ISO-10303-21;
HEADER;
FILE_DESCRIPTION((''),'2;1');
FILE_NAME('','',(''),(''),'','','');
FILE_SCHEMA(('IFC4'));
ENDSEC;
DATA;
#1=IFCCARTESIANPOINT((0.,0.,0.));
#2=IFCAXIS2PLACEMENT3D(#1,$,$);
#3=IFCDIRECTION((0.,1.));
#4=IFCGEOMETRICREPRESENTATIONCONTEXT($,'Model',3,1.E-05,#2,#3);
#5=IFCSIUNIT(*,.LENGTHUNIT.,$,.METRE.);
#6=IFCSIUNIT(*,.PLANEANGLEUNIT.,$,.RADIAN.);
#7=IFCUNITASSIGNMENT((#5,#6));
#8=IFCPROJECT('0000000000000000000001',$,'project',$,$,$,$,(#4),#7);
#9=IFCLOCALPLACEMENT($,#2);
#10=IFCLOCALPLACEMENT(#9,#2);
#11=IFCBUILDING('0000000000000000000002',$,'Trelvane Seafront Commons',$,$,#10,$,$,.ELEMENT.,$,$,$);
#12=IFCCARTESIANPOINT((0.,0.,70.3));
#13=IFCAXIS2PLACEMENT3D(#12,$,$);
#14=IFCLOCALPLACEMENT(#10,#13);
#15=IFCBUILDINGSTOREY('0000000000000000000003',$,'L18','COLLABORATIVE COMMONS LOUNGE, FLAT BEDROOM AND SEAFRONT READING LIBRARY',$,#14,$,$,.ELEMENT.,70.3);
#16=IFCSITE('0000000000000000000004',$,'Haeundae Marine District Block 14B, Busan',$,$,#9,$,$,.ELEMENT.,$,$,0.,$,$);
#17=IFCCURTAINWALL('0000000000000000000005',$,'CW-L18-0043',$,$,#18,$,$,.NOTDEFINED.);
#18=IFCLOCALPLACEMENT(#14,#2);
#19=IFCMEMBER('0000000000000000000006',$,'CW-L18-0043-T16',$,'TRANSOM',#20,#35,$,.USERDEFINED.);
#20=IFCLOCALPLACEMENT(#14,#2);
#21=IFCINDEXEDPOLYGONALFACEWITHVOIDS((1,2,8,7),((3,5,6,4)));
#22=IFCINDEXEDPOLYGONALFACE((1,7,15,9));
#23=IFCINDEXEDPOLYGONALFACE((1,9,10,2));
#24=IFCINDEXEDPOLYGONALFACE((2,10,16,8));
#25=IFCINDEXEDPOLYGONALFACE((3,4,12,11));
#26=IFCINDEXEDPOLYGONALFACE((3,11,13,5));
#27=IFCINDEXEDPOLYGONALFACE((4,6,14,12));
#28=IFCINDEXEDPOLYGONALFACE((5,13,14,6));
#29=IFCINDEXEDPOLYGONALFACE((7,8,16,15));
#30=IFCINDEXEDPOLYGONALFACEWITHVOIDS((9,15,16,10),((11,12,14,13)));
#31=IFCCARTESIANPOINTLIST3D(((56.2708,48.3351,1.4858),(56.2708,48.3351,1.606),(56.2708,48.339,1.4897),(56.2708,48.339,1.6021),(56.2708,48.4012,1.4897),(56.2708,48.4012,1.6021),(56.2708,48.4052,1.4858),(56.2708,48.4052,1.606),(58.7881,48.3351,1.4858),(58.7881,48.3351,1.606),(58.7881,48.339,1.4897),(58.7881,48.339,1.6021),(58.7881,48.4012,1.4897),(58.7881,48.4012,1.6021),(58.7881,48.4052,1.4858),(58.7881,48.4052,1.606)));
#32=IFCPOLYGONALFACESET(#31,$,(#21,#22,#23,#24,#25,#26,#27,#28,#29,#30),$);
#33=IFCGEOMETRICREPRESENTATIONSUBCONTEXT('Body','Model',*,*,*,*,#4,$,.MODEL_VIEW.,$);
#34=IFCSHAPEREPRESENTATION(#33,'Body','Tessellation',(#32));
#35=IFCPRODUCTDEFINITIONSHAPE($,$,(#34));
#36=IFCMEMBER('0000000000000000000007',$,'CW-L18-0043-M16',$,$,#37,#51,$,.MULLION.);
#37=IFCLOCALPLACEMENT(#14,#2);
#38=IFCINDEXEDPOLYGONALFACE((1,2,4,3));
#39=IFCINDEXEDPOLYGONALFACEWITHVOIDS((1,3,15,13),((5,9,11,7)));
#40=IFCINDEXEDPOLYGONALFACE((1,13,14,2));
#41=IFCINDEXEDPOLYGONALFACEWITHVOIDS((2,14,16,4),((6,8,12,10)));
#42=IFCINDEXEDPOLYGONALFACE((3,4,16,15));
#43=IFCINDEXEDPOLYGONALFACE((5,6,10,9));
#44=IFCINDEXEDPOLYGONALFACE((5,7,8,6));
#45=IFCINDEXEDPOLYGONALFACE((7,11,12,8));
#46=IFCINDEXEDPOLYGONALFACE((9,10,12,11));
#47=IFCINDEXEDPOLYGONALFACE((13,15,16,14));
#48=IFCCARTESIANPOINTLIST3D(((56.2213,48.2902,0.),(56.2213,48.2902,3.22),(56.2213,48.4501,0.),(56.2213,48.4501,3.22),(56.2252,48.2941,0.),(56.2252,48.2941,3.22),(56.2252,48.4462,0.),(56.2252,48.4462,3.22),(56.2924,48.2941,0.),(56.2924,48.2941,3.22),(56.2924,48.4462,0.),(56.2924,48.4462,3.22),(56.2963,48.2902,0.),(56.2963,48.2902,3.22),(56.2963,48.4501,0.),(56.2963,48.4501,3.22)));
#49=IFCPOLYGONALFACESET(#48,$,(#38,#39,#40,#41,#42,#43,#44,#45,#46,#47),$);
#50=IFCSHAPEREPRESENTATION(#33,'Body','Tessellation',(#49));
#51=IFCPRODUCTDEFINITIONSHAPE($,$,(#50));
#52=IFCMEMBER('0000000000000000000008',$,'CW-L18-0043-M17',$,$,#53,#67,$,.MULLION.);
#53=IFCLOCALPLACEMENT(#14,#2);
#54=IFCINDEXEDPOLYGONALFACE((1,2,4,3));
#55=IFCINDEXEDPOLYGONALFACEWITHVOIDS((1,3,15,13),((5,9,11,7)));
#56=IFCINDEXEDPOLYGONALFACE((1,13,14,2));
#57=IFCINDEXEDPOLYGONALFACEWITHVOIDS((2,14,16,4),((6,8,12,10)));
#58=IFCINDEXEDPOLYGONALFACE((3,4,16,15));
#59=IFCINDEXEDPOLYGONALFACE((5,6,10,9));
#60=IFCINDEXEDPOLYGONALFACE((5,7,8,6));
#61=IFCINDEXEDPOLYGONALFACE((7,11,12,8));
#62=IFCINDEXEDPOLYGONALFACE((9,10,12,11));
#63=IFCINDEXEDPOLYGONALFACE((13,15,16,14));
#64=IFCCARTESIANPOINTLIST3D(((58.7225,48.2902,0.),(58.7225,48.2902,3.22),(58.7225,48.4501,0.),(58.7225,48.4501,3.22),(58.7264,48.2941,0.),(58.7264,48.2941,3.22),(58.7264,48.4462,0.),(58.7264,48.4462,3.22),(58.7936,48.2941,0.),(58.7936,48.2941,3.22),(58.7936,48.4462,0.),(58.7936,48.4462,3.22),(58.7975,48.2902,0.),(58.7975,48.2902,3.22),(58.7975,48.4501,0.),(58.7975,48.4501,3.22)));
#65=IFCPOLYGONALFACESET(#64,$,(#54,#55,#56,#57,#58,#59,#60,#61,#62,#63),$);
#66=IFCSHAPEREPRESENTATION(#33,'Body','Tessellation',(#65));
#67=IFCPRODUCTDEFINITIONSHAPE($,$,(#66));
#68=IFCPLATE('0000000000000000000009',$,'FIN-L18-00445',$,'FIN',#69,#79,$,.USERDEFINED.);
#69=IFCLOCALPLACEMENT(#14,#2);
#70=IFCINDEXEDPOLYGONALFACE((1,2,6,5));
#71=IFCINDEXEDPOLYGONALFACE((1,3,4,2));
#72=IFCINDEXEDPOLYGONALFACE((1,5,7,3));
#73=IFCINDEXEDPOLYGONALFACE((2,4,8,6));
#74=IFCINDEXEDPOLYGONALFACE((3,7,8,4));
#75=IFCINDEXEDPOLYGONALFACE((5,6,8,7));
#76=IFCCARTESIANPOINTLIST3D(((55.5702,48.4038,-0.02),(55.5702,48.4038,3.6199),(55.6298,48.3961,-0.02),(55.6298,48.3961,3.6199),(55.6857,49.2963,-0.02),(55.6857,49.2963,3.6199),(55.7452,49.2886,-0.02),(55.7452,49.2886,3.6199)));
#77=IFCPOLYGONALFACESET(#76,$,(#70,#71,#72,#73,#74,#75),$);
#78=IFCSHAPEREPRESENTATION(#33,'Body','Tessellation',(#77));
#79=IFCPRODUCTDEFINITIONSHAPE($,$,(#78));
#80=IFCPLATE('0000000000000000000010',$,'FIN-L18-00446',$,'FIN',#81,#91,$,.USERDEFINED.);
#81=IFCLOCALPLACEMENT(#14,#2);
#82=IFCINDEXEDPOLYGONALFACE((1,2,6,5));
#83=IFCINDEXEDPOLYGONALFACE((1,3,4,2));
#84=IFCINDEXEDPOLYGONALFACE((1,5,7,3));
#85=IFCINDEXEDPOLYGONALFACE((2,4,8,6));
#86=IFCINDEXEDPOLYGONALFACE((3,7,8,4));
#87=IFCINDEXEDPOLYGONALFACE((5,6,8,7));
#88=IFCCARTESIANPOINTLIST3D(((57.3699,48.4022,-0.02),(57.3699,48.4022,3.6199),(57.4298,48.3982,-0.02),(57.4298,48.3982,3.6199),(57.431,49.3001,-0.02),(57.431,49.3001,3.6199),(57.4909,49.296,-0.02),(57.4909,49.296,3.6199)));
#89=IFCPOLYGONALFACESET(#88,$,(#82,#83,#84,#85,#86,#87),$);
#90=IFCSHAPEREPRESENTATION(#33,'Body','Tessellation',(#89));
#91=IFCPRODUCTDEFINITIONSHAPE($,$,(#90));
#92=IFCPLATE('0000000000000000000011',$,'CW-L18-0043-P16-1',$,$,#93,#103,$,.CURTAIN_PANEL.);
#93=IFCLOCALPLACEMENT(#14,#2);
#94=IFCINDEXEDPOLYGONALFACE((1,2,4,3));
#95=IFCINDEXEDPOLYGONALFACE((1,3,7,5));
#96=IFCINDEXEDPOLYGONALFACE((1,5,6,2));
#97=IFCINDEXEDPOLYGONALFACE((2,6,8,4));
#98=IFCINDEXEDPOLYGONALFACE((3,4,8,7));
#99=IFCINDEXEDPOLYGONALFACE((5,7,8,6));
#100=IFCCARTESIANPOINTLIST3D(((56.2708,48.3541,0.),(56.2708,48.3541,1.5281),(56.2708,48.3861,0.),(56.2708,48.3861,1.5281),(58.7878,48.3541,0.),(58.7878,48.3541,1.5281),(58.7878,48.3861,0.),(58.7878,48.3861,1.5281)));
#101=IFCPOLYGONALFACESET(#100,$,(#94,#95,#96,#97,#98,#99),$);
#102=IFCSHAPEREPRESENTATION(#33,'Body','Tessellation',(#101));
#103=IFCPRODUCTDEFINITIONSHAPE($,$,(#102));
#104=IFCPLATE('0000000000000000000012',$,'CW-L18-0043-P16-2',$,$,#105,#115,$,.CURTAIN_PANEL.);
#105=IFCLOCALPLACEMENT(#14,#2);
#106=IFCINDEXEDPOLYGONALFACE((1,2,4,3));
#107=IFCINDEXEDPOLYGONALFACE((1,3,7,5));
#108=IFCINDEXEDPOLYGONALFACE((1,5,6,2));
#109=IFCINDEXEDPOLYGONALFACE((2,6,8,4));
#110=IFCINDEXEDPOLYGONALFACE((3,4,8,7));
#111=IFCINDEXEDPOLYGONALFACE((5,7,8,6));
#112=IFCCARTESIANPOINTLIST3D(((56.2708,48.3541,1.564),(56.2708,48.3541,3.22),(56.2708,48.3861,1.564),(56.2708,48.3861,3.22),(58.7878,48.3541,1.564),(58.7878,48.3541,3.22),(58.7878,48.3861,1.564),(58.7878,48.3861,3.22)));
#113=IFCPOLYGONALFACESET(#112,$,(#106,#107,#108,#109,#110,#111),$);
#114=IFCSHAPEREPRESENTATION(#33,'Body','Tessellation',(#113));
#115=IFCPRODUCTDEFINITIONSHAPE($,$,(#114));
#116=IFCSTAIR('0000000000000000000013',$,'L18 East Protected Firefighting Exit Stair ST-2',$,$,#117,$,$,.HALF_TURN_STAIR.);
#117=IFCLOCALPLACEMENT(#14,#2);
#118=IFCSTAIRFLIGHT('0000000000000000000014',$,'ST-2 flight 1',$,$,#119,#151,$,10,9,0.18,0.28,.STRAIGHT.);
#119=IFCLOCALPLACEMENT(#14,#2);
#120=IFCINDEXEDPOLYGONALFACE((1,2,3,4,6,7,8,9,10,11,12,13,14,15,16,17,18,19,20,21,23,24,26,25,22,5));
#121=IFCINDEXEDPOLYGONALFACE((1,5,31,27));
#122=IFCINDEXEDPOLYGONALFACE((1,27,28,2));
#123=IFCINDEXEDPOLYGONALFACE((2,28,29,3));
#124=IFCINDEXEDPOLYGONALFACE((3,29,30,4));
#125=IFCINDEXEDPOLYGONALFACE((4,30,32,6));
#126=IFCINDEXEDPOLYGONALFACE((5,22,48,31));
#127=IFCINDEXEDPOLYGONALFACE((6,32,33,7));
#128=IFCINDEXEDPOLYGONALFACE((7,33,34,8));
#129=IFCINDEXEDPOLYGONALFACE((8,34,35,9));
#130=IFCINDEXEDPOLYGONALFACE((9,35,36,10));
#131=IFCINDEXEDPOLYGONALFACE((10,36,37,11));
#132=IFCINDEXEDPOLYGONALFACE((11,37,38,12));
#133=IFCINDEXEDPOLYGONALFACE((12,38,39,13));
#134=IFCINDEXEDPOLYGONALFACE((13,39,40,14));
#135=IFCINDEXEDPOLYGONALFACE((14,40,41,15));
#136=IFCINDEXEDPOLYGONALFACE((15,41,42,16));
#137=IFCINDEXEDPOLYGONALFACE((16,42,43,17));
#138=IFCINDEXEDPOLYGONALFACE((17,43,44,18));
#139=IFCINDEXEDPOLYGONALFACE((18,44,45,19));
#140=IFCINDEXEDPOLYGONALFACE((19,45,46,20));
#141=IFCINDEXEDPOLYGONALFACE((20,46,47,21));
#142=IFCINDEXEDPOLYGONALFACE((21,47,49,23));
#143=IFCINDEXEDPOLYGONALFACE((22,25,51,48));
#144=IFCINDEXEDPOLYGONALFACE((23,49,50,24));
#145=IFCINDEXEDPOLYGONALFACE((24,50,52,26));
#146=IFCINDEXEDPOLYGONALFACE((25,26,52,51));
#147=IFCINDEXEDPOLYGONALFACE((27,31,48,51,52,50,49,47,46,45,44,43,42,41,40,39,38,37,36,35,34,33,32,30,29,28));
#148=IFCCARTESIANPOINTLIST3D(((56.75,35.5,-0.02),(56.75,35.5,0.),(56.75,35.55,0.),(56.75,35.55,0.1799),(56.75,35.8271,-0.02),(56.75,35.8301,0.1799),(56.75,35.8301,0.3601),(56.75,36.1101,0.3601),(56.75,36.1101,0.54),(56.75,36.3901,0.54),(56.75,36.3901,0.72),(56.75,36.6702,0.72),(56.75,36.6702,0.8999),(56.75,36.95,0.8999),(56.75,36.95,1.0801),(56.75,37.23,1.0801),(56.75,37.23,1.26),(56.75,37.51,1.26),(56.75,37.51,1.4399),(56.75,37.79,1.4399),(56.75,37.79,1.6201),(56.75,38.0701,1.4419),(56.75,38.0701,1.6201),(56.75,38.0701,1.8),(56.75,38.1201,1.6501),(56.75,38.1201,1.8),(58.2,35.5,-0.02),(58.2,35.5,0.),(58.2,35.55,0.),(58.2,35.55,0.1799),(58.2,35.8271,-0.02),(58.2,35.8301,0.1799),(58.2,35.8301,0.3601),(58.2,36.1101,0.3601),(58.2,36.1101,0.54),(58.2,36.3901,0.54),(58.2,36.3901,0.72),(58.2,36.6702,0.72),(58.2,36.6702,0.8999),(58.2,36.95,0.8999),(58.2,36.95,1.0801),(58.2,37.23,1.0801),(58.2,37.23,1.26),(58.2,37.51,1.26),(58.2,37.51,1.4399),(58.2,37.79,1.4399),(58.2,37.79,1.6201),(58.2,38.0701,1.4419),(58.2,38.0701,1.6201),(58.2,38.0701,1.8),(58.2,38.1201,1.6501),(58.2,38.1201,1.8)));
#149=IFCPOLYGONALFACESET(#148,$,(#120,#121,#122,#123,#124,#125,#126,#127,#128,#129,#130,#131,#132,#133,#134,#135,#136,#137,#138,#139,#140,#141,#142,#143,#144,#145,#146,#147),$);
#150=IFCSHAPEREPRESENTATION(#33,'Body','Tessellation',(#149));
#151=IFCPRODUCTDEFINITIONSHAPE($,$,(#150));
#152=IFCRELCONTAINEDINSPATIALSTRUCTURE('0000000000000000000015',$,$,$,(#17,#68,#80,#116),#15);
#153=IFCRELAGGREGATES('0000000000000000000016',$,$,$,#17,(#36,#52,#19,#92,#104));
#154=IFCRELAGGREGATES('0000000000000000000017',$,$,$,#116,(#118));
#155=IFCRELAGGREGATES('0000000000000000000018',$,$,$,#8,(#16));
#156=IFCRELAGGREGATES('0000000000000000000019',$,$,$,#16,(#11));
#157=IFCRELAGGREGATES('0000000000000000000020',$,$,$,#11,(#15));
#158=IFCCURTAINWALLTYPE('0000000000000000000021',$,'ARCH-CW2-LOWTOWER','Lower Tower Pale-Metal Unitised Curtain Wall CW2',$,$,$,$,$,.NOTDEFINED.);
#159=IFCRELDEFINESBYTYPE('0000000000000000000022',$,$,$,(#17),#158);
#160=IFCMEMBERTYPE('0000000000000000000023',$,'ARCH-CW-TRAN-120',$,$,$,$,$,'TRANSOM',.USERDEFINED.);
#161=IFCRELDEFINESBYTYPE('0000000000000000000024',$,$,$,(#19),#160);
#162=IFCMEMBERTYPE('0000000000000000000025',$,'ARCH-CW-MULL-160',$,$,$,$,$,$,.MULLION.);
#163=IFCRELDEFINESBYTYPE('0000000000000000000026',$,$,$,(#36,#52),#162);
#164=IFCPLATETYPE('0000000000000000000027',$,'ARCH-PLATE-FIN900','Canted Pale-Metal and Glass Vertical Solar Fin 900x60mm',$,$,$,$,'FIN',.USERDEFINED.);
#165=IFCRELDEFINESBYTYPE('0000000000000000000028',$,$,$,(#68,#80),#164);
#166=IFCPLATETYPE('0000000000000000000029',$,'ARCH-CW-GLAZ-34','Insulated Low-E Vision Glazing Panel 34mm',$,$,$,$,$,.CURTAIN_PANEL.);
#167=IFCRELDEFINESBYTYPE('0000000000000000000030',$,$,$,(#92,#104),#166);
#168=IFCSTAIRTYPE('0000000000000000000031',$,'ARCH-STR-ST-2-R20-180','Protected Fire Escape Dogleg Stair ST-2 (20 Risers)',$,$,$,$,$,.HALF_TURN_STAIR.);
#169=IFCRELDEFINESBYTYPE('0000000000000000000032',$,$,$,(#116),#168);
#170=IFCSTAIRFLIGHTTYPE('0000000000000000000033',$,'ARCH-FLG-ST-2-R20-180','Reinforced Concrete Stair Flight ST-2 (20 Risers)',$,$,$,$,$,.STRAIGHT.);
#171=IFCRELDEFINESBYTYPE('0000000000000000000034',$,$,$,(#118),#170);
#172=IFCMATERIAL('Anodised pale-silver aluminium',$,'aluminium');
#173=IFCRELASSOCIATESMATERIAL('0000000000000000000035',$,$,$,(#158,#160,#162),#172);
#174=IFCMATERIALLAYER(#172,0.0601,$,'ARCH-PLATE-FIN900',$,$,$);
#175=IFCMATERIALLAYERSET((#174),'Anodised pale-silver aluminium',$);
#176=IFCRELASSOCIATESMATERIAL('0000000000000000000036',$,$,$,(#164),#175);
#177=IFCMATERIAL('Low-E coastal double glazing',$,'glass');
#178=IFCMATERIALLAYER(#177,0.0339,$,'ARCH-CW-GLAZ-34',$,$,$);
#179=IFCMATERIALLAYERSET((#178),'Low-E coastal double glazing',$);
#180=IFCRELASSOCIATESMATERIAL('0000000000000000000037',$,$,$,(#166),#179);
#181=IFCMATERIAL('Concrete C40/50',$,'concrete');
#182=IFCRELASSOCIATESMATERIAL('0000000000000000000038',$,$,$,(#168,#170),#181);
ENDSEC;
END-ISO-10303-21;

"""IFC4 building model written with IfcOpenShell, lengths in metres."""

from ifc_helpers import new_model, si_unit, direction, frame, origin, origin_2d, place, context, subcontext, project, spatial, polyline, rectangle, hollow_rectangle, outline, extrude, source, transform, mapped, material, layer, layer_set, material_profile, profile_set, type_object, element, aggregate, save


model = new_model("IFC4")

# Units and contexts
model_context = context("Model", 3, precision=1e-05, world=origin(), true_north=direction((0.0, 1.0)))
body_context = subcontext(model_context, "Body", "Model", "MODEL_VIEW")
ifc_project = project(units=[si_unit("LENGTHUNIT", "METRE"), si_unit("PLANEANGLEUNIT", "RADIAN")], contexts=[model_context])

# Site, building, storey
site_placement = place(None, origin())
site = spatial("IfcSite", under=ifc_project, at=site_placement, Name="Haeundae Marine District Block 14B, Busan", CompositionType="ELEMENT", RefElevation=0.0)
building_placement = place(site_placement, origin())
building = spatial("IfcBuilding", under=site, at=building_placement, Name="Trelvane Seafront Commons", CompositionType="ELEMENT")
storey_placement = place(building_placement, frame((0.0, 0.0, 70.3)))
storey = spatial("IfcBuildingStorey", under=building, at=storey_placement, Name="L18", Description="COLLABORATIVE COMMONS LOUNGE, FLAT BEDROOM AND SEAFRONT READING LIBRARY", CompositionType="ELEMENT", Elevation=70.3)

# Curtain wall, members
ifc_material_1 = material(Name="Anodised pale-silver aluminium", Category="aluminium")
curtain_wall_type = type_object("IfcCurtainWallType", Name="ARCH-CW2-LOWTOWER", Description="Lower Tower Pale-Metal Unitised Curtain Wall CW2", PredefinedType="NOTDEFINED", material=ifc_material_1)
curtain_wall_placement = place(storey_placement, origin())
curtain_wall = element("IfcCurtainWall", 1, at=curtain_wall_placement, inside=storey, type_object=curtain_wall_type, Name="CW-L18-0043", PredefinedType="NOTDEFINED")
ifc_material_profile_1 = material_profile(ifc_material_1, hollow_rectangle(XDim=0.0701, YDim=0.1201, WallThickness=0.0039, at=origin_2d()), Name="TRAN-70x120x4")
ifc_profile_set_1 = profile_set([ifc_material_profile_1], Name="Anodised pale-silver aluminium")
member_type_1 = type_object("IfcMemberType", Name="ARCH-CW-TRAN-120", ElementType="TRANSOM", PredefinedType="USERDEFINED", material=ifc_profile_set_1)
shared_shape_1 = source(origin(), body_context, "Body", "SweptSolid", [
    extrude(hollow_rectangle(XDim=0.0701, YDim=0.1201, WallThickness=0.0039, at=origin_2d()), origin(), (0.0, 0.0, 1.0), 2.5173),
])
member_1_placement = place(storey_placement, frame((56.2708, 48.3701, 1.5459), z_axis=(1.0, 0.0, 0.0), x_axis=(0.0, 1.0, 0.0)))
member_1 = element("IfcMember", 2, at=member_1_placement, type_object=member_type_1, Name="CW-L18-0043-T16", ObjectType="TRANSOM", PredefinedType="USERDEFINED", context=body_context, shape_type="MappedRepresentation", body=[
    mapped(shared_shape_1, transform((0.0, 0.0, 0.0), x_axis=(1.0, 0.0, 0.0), y_axis=(0.0, 1.0, 0.0), z_axis=(0.0, 0.0, 1.0), scale=1.0)),
])
ifc_material_profile_2 = material_profile(ifc_material_1, hollow_rectangle(XDim=0.075, YDim=0.1599, WallThickness=0.0039, at=origin_2d()), Name="MULL-75x160x4")
ifc_profile_set_2 = profile_set([ifc_material_profile_2], Name="Anodised pale-silver aluminium")
member_type_2 = type_object("IfcMemberType", Name="ARCH-CW-MULL-160", PredefinedType="MULLION", material=ifc_profile_set_2)
shared_shape_2 = source(origin(), body_context, "Body", "SweptSolid", [
    extrude(hollow_rectangle(XDim=0.075, YDim=0.1599, WallThickness=0.0039, at=origin_2d()), origin(), (0.0, 0.0, 1.0), 3.22),
])
member_2_placement = place(storey_placement, frame((56.2588, 48.3701, 0.0), z_axis=(0.0, 0.0, 1.0), x_axis=(1.0, 0.0, 0.0)))
member_2 = element("IfcMember", 3, at=member_2_placement, type_object=member_type_2, Name="CW-L18-0043-M16", PredefinedType="MULLION", context=body_context, shape_type="MappedRepresentation", body=[
    mapped(shared_shape_2, transform((0.0, 0.0, 0.0), x_axis=(1.0, 0.0, 0.0), y_axis=(0.0, 1.0, 0.0), z_axis=(0.0, 0.0, 1.0), scale=1.0)),
])
member_3_placement = place(storey_placement, frame((58.76, 48.3701, 0.0), z_axis=(0.0, 0.0, 1.0), x_axis=(1.0, 0.0, 0.0)))
member_3 = element("IfcMember", 4, at=member_3_placement, type_object=member_type_2, Name="CW-L18-0043-M17", PredefinedType="MULLION", context=body_context, shape_type="MappedRepresentation", body=[
    mapped(shared_shape_2, transform((0.0, 0.0, 0.0), x_axis=(1.0, 0.0, 0.0), y_axis=(0.0, 1.0, 0.0), z_axis=(0.0, 0.0, 1.0), scale=1.0)),
])

# Plates
ifc_layer_1 = layer(ifc_material_1, 0.0601, Name="ARCH-PLATE-FIN900")
ifc_layer_set_1 = layer_set([ifc_layer_1], Name="Anodised pale-silver aluminium")
plate_type_1 = type_object("IfcPlateType", Name="ARCH-PLATE-FIN900", Description="Canted Pale-Metal and Glass Vertical Solar Fin 900x60mm", ElementType="FIN", PredefinedType="USERDEFINED", material=ifc_layer_set_1)
shared_shape_3 = source(origin(), body_context, "Body", "SweptSolid", [
    extrude(rectangle(XDim=0.8999, YDim=0.0601, at=origin_2d()), origin(), (0.0, 0.0, 1.0), 3.6399),
])
for number, where, z_axis, x_axis, name in (
    (5, (55.6577, 48.8462, -0.02), (0.0, 0.0, 1.0), (0.128327, 0.991732, 0.0), "FIN-L18-00445"),
    (6, (57.4304, 48.8491, -0.02), (0.0, 0.0, 1.0), (0.06789, 0.997693, 0.0), "FIN-L18-00446"),
):
    element("IfcPlate", number, at=place(storey_placement, frame(where, z_axis=z_axis, x_axis=x_axis)), inside=storey, type_object=plate_type_1, Name=name, ObjectType="FIN", PredefinedType="USERDEFINED", context=body_context, shape_type="MappedRepresentation", body=[
        mapped(shared_shape_3, transform((0.0, 0.0, 0.0), x_axis=(1.0, 0.0, 0.0), y_axis=(0.0, 1.0, 0.0), z_axis=(0.0, 0.0, 1.0), scale=1.0)),
    ])

# Plates
ifc_material_2 = material(Name="Low-E coastal double glazing", Category="glass")
ifc_layer_2 = layer(ifc_material_2, 0.0339, Name="ARCH-CW-GLAZ-34")
ifc_layer_set_2 = layer_set([ifc_layer_2], Name="Low-E coastal double glazing")
plate_type_2 = type_object("IfcPlateType", Name="ARCH-CW-GLAZ-34", Description="Insulated Low-E Vision Glazing Panel 34mm", PredefinedType="CURTAIN_PANEL", material=ifc_layer_set_2)
shared_shape_4 = source(origin(), body_context, "Body", "SweptSolid", [
    extrude(rectangle(XDim=2.5171, YDim=0.032, at=origin_2d()), origin(), (0.0, 0.0, 1.0), 1.5281),
])
plate_1_placement = place(storey_placement, frame((57.5293, 48.3701, 0.0), z_axis=(0.0, 0.0, 1.0), x_axis=(1.0, 0.0, 0.0)))
plate_1 = element("IfcPlate", 7, at=plate_1_placement, type_object=plate_type_2, Name="CW-L18-0043-P16-1", PredefinedType="CURTAIN_PANEL", context=body_context, shape_type="MappedRepresentation", body=[
    mapped(shared_shape_4, transform((0.0, 0.0, 0.0), x_axis=(1.0, 0.0, 0.0), y_axis=(0.0, 1.0, 0.0), z_axis=(0.0, 0.0, 1.0), scale=1.0)),
])
shared_shape_5 = source(origin(), body_context, "Body", "SweptSolid", [
    extrude(rectangle(XDim=2.5171, YDim=0.032, at=origin_2d()), origin(), (0.0, 0.0, 1.0), 1.656),
])
plate_2_placement = place(storey_placement, frame((57.5293, 48.3701, 1.564), z_axis=(0.0, 0.0, 1.0), x_axis=(1.0, 0.0, 0.0)))
plate_2 = element("IfcPlate", 8, at=plate_2_placement, type_object=plate_type_2, Name="CW-L18-0043-P16-2", PredefinedType="CURTAIN_PANEL", context=body_context, shape_type="MappedRepresentation", body=[
    mapped(shared_shape_5, transform((0.0, 0.0, 0.0), x_axis=(1.0, 0.0, 0.0), y_axis=(0.0, 1.0, 0.0), z_axis=(0.0, 0.0, 1.0), scale=1.0)),
])
aggregate(curtain_wall, [member_2, member_3, member_1, plate_1, plate_2])

# Stair, stair flight
ifc_material_3 = material(Name="Concrete C40/50", Category="concrete")
stair_type = type_object("IfcStairType", Name="ARCH-STR-ST-2-R20-180", Description="Protected Fire Escape Dogleg Stair ST-2 (20 Risers)", PredefinedType="HALF_TURN_STAIR", material=ifc_material_3)
stair_placement = place(storey_placement, origin())
stair = element("IfcStair", 9, at=stair_placement, inside=storey, type_object=stair_type, Name="L18 East Protected Firefighting Exit Stair ST-2", PredefinedType="HALF_TURN_STAIR")
stair_flight_type = type_object("IfcStairFlightType", Name="ARCH-FLG-ST-2-R20-180", Description="Reinforced Concrete Stair Flight ST-2 (20 Risers)", PredefinedType="STRAIGHT", material=ifc_material_3)
shared_shape_6 = source(origin(), body_context, "Body", "SweptSolid", [
    extrude(outline(polyline([(-0.05, -0.02), (-0.05, 0.0), (0.0, 0.0), (0.0, 0.1799), (0.28, 0.1799), (0.28, 0.3601), (0.5601, 0.3601), (0.5601, 0.54), (0.8401, 0.54), (0.8401, 0.72), (1.1201, 0.72), (1.1201, 0.8999), (1.3999, 0.8999), (1.3999, 1.0801), (1.6799, 1.0801), (1.6799, 1.26), (1.96, 1.26), (1.96, 1.4399), (2.24, 1.4399), (2.24, 1.6201), (2.52, 1.6201), (2.52, 1.8), (2.5701, 1.8), (2.5701, 1.6501), (2.52, 1.4419), (0.2771, -0.02), (-0.05, -0.02)])), frame((0.0, 0.7251, 0.0), z_axis=(0.0, -1.0, 0.0), x_axis=(1.0, 0.0, 0.0)), (0.0, 0.0, 1.0), 1.45),
])
stair_flight_1_placement = place(storey_placement, frame((57.4751, 35.55, 0.0), z_axis=(0.0, 0.0, 1.0), x_axis=(0.0, 1.0, 0.0)))
stair_flight_1 = element("IfcStairFlight", 10, at=stair_flight_1_placement, type_object=stair_flight_type, Name="ST-2 flight 1", NumberOfRisers=10, NumberOfTreads=9, PredefinedType="STRAIGHT", RiserHeight=0.18, TreadLength=0.28, context=body_context, shape_type="MappedRepresentation", body=[
    mapped(shared_shape_6, transform((0.0, 0.0, 0.0), x_axis=(1.0, 0.0, 0.0), y_axis=(0.0, 1.0, 0.0), z_axis=(0.0, 0.0, 1.0), scale=1.0)),
])
aggregate(stair, [stair_flight_1])

save(model, "model.ifc")
